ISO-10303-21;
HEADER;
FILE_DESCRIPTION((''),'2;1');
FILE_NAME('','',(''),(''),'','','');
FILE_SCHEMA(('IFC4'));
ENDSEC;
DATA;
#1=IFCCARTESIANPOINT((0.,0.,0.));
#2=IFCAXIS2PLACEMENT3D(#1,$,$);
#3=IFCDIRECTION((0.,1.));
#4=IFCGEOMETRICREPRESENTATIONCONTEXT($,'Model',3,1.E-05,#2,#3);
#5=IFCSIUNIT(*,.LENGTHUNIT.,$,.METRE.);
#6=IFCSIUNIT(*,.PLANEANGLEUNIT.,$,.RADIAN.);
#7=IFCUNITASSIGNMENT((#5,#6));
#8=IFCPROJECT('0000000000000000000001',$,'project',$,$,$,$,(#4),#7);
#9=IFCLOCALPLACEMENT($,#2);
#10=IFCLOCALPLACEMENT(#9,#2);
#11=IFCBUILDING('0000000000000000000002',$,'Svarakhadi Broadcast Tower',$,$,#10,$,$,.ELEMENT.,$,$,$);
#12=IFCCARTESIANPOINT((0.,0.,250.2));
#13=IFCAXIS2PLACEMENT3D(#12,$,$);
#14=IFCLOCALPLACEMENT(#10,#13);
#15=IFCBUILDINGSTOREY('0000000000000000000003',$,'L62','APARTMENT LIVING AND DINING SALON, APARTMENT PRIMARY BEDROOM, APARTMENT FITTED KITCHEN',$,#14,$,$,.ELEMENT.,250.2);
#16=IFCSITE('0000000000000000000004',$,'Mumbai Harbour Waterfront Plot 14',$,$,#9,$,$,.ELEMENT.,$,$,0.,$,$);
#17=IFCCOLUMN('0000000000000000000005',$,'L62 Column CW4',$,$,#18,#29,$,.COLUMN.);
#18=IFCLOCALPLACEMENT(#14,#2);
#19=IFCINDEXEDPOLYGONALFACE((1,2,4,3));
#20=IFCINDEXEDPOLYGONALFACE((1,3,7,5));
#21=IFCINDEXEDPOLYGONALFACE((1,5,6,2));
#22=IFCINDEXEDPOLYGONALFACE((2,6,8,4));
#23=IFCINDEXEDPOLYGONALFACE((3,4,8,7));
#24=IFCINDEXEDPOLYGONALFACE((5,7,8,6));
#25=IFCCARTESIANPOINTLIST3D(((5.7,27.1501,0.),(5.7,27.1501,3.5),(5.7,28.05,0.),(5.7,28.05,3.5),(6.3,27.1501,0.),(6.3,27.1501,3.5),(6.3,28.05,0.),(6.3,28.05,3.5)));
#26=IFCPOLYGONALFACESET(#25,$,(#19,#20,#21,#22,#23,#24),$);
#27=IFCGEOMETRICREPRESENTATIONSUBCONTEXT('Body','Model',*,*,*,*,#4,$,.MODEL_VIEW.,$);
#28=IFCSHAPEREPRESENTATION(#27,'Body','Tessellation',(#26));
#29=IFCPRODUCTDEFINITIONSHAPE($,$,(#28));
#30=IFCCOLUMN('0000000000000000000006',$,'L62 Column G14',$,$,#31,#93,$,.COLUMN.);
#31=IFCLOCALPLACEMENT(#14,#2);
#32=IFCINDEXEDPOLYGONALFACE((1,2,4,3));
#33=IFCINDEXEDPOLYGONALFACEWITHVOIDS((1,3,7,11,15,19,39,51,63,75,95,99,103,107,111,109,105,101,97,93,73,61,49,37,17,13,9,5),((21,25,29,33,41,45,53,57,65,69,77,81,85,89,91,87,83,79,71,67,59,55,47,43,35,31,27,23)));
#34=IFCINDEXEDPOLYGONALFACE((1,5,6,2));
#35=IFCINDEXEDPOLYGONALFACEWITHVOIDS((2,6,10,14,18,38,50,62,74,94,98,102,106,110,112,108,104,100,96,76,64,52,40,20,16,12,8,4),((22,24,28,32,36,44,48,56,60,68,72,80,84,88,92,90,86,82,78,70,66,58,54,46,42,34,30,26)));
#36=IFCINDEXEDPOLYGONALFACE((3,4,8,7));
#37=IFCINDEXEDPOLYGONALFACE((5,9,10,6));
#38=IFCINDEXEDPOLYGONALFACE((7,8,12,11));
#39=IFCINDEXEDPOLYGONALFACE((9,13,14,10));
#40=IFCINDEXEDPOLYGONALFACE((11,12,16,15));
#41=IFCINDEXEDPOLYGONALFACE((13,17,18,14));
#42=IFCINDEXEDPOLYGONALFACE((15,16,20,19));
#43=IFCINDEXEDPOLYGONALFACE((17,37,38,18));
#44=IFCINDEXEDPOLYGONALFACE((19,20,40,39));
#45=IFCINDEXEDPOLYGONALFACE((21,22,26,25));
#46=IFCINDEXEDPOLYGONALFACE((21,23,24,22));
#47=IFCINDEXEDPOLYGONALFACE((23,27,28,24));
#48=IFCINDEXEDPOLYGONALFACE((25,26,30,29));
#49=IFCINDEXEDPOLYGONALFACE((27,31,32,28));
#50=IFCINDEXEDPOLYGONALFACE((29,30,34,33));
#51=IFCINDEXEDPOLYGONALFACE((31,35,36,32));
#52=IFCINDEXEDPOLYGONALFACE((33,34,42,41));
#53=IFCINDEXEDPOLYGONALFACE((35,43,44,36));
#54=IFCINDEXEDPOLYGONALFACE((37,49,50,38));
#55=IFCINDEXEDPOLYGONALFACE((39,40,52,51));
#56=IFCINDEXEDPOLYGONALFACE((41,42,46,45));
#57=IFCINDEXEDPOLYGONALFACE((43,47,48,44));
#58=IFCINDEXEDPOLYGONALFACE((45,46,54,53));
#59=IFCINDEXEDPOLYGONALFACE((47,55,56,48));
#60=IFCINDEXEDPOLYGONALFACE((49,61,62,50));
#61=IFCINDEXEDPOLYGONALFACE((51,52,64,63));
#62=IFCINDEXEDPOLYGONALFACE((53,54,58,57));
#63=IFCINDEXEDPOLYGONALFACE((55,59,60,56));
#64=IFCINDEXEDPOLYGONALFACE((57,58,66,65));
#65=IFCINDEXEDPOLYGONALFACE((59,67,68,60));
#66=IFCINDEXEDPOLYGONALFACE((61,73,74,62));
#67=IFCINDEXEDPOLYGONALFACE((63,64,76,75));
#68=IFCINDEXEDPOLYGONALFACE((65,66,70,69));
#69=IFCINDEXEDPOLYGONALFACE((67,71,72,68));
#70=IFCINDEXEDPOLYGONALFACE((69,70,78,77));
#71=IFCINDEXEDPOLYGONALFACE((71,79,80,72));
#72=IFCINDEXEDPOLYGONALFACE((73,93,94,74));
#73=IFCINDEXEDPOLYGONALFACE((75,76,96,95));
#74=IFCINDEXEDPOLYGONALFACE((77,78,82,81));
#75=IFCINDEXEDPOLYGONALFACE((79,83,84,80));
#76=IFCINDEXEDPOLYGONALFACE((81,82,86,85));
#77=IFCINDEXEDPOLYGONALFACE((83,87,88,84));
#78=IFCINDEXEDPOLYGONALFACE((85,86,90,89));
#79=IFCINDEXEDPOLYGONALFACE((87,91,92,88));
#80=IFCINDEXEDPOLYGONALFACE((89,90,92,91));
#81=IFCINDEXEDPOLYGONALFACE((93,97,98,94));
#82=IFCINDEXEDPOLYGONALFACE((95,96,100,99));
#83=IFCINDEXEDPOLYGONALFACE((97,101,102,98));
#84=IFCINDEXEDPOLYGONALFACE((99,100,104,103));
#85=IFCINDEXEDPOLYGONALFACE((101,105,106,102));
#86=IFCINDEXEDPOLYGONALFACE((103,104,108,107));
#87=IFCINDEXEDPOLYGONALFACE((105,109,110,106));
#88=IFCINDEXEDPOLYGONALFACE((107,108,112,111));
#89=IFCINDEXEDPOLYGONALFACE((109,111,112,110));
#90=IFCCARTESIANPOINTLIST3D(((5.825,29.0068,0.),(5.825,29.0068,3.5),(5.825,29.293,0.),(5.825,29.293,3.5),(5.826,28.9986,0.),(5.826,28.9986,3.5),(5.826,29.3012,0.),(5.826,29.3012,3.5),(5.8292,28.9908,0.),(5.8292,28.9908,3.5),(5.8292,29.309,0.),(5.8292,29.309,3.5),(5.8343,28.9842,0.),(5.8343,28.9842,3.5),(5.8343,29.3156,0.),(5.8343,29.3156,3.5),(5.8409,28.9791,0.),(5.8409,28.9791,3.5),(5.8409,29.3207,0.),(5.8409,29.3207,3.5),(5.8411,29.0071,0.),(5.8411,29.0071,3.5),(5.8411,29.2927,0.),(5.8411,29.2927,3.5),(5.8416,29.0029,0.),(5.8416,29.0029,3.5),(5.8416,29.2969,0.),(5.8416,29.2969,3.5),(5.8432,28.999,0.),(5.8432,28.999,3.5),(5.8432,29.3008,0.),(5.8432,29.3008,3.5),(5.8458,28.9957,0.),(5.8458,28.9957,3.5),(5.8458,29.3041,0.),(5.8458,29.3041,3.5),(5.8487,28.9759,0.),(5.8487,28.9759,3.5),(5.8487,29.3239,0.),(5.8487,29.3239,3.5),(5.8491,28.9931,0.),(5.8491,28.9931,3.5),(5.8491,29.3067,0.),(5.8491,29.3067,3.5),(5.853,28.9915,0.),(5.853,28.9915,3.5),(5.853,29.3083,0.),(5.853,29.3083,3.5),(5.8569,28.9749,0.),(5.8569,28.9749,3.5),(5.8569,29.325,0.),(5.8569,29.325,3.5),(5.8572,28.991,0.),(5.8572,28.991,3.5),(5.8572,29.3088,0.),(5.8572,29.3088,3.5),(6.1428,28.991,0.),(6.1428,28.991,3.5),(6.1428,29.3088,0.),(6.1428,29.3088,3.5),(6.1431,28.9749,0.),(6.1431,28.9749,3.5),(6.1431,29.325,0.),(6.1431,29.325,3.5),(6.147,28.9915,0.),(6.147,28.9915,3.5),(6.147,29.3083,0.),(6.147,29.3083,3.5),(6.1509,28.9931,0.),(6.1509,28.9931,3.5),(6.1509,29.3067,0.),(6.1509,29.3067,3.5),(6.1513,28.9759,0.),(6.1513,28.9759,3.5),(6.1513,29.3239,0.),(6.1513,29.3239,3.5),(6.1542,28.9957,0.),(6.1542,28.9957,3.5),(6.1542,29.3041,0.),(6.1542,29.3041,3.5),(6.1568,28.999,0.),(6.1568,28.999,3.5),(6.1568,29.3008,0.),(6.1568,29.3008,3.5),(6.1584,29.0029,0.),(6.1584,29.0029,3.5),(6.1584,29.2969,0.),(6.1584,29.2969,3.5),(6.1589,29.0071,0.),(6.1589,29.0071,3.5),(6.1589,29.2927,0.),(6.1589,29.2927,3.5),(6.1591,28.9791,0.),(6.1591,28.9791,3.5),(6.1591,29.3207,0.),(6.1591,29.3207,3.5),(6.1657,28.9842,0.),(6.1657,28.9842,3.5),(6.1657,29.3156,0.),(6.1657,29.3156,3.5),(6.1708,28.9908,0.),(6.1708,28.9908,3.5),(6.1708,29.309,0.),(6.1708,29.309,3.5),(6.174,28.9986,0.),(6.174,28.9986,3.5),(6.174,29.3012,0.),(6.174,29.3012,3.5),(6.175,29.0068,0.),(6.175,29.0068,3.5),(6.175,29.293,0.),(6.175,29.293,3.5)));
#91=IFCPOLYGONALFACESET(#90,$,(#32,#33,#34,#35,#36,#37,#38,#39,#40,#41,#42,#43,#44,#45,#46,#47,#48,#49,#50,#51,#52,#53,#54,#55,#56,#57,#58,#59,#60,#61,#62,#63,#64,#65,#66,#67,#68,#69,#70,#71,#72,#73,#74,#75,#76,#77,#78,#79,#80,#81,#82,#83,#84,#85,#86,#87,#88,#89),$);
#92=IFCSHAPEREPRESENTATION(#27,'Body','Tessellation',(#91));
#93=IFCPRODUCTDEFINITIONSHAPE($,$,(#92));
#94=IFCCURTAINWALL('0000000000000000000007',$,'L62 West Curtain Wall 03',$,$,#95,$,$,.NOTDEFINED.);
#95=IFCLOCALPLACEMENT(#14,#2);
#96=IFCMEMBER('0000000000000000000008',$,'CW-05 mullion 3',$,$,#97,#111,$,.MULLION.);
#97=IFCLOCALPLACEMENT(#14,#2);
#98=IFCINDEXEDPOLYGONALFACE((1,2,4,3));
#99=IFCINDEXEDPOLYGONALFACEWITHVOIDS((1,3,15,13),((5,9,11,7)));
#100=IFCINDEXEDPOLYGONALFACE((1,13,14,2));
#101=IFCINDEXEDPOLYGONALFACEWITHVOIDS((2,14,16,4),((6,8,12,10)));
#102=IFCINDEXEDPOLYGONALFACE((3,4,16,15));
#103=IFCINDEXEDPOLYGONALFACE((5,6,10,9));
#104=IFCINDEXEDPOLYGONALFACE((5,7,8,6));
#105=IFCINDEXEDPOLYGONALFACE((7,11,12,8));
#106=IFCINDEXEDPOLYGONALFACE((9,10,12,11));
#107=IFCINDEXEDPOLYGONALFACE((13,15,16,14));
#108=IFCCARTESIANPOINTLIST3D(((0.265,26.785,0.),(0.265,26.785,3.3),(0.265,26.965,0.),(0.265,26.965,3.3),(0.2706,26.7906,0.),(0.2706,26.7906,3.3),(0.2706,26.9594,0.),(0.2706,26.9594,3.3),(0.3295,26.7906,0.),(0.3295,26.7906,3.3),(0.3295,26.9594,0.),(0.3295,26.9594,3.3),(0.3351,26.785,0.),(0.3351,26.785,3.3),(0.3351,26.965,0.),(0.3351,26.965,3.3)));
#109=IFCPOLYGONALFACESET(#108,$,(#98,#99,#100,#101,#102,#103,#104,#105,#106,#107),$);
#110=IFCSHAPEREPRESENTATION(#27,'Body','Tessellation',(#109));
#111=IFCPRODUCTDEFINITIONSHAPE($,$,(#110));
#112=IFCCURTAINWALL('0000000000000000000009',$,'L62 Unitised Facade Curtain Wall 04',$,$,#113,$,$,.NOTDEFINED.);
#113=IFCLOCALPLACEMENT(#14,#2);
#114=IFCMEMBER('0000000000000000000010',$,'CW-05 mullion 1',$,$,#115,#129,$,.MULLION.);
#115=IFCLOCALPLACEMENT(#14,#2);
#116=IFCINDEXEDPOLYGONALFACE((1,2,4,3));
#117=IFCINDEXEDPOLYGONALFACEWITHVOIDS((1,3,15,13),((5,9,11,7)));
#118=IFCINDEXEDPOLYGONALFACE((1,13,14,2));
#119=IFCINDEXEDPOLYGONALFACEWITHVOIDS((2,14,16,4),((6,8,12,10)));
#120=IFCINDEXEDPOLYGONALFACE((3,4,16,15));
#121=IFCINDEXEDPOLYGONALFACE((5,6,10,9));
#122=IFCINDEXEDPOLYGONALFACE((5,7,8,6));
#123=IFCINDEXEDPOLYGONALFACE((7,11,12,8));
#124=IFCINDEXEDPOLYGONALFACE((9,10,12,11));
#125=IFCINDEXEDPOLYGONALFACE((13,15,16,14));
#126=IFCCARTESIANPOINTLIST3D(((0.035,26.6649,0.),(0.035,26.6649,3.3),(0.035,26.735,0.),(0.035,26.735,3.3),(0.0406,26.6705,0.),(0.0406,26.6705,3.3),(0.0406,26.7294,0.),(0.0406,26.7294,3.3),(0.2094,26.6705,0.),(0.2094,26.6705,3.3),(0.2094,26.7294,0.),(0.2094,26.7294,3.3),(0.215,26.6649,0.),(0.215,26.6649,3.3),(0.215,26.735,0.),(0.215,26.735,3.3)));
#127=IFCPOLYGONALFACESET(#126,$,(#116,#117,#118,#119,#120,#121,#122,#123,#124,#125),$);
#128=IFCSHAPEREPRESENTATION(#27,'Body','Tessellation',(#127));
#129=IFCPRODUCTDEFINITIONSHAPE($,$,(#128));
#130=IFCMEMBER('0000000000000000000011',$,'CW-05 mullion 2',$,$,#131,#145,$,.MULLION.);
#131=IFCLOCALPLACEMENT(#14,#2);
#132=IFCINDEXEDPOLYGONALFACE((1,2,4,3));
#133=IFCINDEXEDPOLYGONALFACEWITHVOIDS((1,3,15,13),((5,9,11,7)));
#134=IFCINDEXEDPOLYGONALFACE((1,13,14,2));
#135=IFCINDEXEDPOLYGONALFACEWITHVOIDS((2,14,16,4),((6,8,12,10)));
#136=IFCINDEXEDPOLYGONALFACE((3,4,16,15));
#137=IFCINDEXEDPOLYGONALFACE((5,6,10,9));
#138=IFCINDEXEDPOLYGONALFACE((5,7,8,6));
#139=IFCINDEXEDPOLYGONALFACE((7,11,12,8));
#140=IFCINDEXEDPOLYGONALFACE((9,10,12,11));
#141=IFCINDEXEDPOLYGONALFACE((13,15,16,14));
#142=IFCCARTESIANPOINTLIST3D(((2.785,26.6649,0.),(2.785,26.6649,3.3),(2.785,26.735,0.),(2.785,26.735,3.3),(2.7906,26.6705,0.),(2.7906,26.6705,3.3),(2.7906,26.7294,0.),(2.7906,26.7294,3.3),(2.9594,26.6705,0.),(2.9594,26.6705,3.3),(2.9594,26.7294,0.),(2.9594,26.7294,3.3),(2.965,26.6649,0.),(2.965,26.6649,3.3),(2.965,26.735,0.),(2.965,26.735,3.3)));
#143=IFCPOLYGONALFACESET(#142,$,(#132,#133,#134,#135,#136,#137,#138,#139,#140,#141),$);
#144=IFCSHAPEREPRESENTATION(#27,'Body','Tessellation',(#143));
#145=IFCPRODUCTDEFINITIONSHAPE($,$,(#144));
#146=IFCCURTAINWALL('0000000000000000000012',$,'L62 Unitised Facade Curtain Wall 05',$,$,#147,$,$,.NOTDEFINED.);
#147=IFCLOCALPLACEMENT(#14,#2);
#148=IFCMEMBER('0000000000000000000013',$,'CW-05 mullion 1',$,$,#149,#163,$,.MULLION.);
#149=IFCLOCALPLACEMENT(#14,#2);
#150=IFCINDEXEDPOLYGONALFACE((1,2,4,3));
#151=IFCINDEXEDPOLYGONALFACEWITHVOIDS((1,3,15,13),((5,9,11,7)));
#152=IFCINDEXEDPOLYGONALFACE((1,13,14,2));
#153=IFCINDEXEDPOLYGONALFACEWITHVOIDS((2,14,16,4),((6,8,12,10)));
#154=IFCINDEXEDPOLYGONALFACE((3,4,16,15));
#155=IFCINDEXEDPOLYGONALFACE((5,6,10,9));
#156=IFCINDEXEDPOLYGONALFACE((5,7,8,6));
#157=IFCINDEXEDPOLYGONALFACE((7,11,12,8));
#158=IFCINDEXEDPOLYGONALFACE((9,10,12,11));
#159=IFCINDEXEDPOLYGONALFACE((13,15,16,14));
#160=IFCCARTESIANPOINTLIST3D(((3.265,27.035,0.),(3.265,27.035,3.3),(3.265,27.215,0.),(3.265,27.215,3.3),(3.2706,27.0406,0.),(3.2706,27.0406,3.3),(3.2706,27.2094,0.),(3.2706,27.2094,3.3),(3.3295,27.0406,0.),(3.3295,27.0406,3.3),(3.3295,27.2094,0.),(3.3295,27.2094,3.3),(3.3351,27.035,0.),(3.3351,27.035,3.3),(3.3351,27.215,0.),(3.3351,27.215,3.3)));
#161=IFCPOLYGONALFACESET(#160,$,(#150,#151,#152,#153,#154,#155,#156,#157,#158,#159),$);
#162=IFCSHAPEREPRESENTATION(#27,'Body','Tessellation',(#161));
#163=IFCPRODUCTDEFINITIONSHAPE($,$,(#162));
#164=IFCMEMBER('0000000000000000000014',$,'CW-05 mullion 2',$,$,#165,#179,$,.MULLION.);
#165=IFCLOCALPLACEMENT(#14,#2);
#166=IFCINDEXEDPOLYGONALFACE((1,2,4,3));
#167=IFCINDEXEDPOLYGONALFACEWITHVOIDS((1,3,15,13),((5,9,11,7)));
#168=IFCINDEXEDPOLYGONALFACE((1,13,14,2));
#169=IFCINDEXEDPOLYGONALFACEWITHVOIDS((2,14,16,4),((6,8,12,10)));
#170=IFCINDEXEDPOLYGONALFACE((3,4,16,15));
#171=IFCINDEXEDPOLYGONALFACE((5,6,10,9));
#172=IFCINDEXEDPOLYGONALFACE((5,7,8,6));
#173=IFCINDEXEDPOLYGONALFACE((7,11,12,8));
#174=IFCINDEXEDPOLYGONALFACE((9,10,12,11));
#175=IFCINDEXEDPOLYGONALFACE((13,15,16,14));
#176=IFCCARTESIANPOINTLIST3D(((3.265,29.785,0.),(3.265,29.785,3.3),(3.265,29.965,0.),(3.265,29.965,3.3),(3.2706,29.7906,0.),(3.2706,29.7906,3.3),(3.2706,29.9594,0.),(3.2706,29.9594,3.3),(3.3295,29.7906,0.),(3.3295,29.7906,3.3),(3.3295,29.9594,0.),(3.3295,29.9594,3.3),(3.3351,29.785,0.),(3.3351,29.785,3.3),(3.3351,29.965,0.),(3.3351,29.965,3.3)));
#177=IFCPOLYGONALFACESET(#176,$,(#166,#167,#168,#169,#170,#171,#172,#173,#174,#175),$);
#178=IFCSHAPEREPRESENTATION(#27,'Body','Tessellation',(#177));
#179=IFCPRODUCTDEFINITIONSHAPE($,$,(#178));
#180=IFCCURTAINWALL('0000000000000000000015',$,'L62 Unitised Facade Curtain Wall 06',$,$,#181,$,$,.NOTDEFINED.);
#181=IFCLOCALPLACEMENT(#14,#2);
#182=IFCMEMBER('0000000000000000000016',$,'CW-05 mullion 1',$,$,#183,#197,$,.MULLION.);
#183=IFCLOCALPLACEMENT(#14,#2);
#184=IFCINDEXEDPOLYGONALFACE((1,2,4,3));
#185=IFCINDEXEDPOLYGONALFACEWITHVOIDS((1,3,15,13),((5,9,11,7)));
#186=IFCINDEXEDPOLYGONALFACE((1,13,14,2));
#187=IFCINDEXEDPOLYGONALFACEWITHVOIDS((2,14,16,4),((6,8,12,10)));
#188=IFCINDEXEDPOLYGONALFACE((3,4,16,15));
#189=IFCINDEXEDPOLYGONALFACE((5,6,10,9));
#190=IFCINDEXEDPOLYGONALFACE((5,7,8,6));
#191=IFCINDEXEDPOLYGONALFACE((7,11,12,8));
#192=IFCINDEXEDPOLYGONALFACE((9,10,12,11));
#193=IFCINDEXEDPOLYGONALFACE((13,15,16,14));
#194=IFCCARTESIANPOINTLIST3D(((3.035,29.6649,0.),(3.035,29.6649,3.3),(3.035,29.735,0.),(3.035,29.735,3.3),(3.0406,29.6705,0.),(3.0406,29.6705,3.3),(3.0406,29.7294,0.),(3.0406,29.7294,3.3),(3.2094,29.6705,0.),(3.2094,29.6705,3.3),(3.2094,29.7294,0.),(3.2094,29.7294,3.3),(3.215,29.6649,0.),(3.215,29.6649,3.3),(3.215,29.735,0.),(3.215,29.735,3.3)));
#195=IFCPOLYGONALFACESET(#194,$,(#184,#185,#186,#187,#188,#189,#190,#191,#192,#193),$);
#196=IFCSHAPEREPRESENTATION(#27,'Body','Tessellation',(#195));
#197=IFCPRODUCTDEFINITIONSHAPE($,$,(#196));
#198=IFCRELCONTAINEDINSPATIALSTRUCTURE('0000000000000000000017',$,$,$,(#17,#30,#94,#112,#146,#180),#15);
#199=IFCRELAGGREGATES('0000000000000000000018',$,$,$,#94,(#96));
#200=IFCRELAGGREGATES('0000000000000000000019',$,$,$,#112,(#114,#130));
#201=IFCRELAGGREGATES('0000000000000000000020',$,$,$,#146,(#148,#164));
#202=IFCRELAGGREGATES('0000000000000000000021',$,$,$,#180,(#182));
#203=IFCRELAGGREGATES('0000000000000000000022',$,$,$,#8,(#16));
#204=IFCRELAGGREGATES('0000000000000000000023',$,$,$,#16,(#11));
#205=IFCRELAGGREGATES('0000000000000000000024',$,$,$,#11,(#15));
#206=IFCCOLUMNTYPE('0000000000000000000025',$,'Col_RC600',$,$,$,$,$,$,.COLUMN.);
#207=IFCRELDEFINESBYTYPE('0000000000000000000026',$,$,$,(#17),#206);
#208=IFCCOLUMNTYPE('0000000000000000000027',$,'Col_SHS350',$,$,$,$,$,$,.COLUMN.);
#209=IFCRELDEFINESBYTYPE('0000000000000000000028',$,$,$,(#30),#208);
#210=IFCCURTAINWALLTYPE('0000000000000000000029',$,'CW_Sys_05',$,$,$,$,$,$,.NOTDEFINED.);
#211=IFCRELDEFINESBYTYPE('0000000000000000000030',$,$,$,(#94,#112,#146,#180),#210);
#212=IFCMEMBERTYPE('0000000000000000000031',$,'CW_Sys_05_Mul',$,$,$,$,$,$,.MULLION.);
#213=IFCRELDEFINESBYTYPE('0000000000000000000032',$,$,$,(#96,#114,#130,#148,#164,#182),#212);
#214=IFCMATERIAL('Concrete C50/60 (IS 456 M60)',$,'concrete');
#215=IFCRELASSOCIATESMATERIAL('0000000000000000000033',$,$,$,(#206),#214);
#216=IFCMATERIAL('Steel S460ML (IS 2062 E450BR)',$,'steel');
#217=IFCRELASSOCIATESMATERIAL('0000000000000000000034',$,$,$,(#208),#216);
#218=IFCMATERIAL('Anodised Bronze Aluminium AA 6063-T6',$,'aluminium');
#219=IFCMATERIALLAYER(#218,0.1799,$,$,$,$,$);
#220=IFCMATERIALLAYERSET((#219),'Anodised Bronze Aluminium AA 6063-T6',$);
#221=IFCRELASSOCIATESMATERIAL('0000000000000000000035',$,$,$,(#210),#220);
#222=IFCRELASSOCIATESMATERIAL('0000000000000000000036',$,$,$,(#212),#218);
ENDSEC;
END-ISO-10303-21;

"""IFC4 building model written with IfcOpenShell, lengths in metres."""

from ifc_helpers import new_model, si_unit, direction, frame, origin, origin_2d, place, context, subcontext, project, spatial, rectangle, hollow_rectangle, extrude, material, layer, layer_set, material_profile, profile_set, type_object, element, aggregate, save


model = new_model("IFC4")

# Units and contexts
model_context = context("Model", 3, precision=1e-05, world=origin(), true_north=direction((0.0, 1.0)))
body_context = subcontext(model_context, "Body", "Model", "MODEL_VIEW")
ifc_project = project(units=[si_unit("LENGTHUNIT", "METRE"), si_unit("PLANEANGLEUNIT", "RADIAN")], contexts=[model_context])

# Site, building, storey
site_placement = place(None, origin())
site = spatial("IfcSite", under=ifc_project, at=site_placement, Name="Mumbai Harbour Waterfront Plot 14", CompositionType="ELEMENT", RefElevation=0.0)
building_placement = place(site_placement, origin())
building = spatial("IfcBuilding", under=site, at=building_placement, Name="Svarakhadi Broadcast Tower", CompositionType="ELEMENT")
storey_placement = place(building_placement, frame((0.0, 0.0, 250.2)))
storey = spatial("IfcBuildingStorey", under=building, at=storey_placement, Name="L62", Description="APARTMENT LIVING AND DINING SALON, APARTMENT PRIMARY BEDROOM, APARTMENT FITTED KITCHEN", CompositionType="ELEMENT", Elevation=250.2)

# Columns
ifc_material_1 = material(Name="Concrete C50/60 (IS 456 M60)", Category="concrete")
ifc_material_profile_1 = material_profile(ifc_material_1, rectangle(XDim=0.6001, YDim=0.8999, at=origin_2d()), Name="RC 600x900")
ifc_profile_set_1 = profile_set([ifc_material_profile_1], Name="Concrete C50/60 (IS 456 M60)")
column_type_1 = type_object("IfcColumnType", Name="Col_RC600", PredefinedType="COLUMN", material=ifc_profile_set_1)
column_1_placement = place(storey_placement, frame((6.0, 27.6001, 0.0), z_axis=(0.0, 0.0, 1.0), x_axis=(1.0, 0.0, 0.0)))
element("IfcColumn", 1, at=column_1_placement, inside=storey, type_object=column_type_1, Name="L62 Column CW4", PredefinedType="COLUMN", context=body_context, shape_type="SweptSolid", body=[
    extrude(rectangle(XDim=0.6001, YDim=0.8999, at=origin_2d()), origin(), (0.0, 0.0, 1.0), 3.5),
])
ifc_material_2 = material(Name="Steel S460ML (IS 2062 E450BR)", Category="steel")
ifc_material_profile_2 = material_profile(ifc_material_2, hollow_rectangle(XDim=0.3501, YDim=0.3501, WallThickness=0.0161, InnerFilletRadius=0.0161, OuterFilletRadius=0.032, at=origin_2d()), Name="SHS 350x350x16")
ifc_profile_set_2 = profile_set([ifc_material_profile_2], Name="Steel S460ML (IS 2062 E450BR)")
column_type_2 = type_object("IfcColumnType", Name="Col_SHS350", PredefinedType="COLUMN", material=ifc_profile_set_2)
column_2_placement = place(storey_placement, frame((6.0, 29.1499, 0.0), z_axis=(0.0, 0.0, 1.0), x_axis=(1.0, 0.0, 0.0)))
element("IfcColumn", 2, at=column_2_placement, inside=storey, type_object=column_type_2, Name="L62 Column G14", PredefinedType="COLUMN", context=body_context, shape_type="SweptSolid", body=[
    extrude(hollow_rectangle(XDim=0.3501, YDim=0.3501, WallThickness=0.0161, InnerFilletRadius=0.0161, OuterFilletRadius=0.032, at=origin_2d()), origin(), (0.0, 0.0, 1.0), 3.5),
])

# Curtain wall, member
ifc_material_3 = material(Name="Anodised Bronze Aluminium AA 6063-T6", Category="aluminium")
ifc_layer_1 = layer(ifc_material_3, 0.1799)
ifc_layer_set_1 = layer_set([ifc_layer_1], Name="Anodised Bronze Aluminium AA 6063-T6")
curtain_wall_type = type_object("IfcCurtainWallType", Name="CW_Sys_05", PredefinedType="NOTDEFINED", material=ifc_layer_set_1)
curtain_wall_1_placement = place(storey_placement, origin())
curtain_wall_1 = element("IfcCurtainWall", 3, at=curtain_wall_1_placement, inside=storey, type_object=curtain_wall_type, Name="L62 West Curtain Wall 03", PredefinedType="NOTDEFINED")
ifc_material_profile_3 = material_profile(ifc_material_3, hollow_rectangle(XDim=0.0701, YDim=0.1799, WallThickness=0.0056, at=origin_2d()), Name="ALU MULLION 180x70x6")
ifc_profile_set_3 = profile_set([ifc_material_profile_3], Name="Anodised Bronze Aluminium AA 6063-T6")
member_type_1 = type_object("IfcMemberType", Name="CW_Sys_05_Mul", PredefinedType="MULLION", material=ifc_profile_set_3)
member_1_placement = place(storey_placement, frame((0.3, 26.875, 0.0), z_axis=(0.0, 0.0, 1.0), x_axis=(-1.0, 0.0, 0.0)))
member_1 = element("IfcMember", 4, at=member_1_placement, type_object=member_type_1, Name="CW-05 mullion 3", PredefinedType="MULLION", context=body_context, shape_type="SweptSolid", body=[
    extrude(hollow_rectangle(XDim=0.0701, YDim=0.1799, WallThickness=0.0056, at=origin_2d()), origin(), (0.0, 0.0, 1.0), 3.3),
])

# Curtain walls, members
curtain_wall_2_placement = place(storey_placement, origin())
curtain_wall_2 = element("IfcCurtainWall", 5, at=curtain_wall_2_placement, inside=storey, type_object=curtain_wall_type, Name="L62 Unitised Facade Curtain Wall 04", PredefinedType="NOTDEFINED")
member_2_placement = place(storey_placement, frame((0.125, 26.7, 0.0), z_axis=(0.0, 0.0, 1.0), x_axis=(0.0, 1.0, 0.0)))
member_2 = element("IfcMember", 6, at=member_2_placement, type_object=member_type_1, Name="CW-05 mullion 1", PredefinedType="MULLION", context=body_context, shape_type="SweptSolid", body=[
    extrude(hollow_rectangle(XDim=0.0701, YDim=0.1799, WallThickness=0.0056, at=origin_2d()), origin(), (0.0, 0.0, 1.0), 3.3),
])
member_3_placement = place(storey_placement, frame((2.875, 26.7, 0.0), z_axis=(0.0, 0.0, 1.0), x_axis=(0.0, 1.0, 0.0)))
member_3 = element("IfcMember", 7, at=member_3_placement, type_object=member_type_1, Name="CW-05 mullion 2", PredefinedType="MULLION", context=body_context, shape_type="SweptSolid", body=[
    extrude(hollow_rectangle(XDim=0.0701, YDim=0.1799, WallThickness=0.0056, at=origin_2d()), origin(), (0.0, 0.0, 1.0), 3.3),
])
curtain_wall_3_placement = place(storey_placement, origin())
curtain_wall_3 = element("IfcCurtainWall", 8, at=curtain_wall_3_placement, inside=storey, type_object=curtain_wall_type, Name="L62 Unitised Facade Curtain Wall 05", PredefinedType="NOTDEFINED")
member_4_placement = place(storey_placement, frame((3.3, 27.125, 0.0), z_axis=(0.0, 0.0, 1.0), x_axis=(-1.0, 0.0, 0.0)))
member_4 = element("IfcMember", 9, at=member_4_placement, type_object=member_type_1, Name="CW-05 mullion 1", PredefinedType="MULLION", context=body_context, shape_type="SweptSolid", body=[
    extrude(hollow_rectangle(XDim=0.0701, YDim=0.1799, WallThickness=0.0056, at=origin_2d()), origin(), (0.0, 0.0, 1.0), 3.3),
])
member_5_placement = place(storey_placement, frame((3.3, 29.875, 0.0), z_axis=(0.0, 0.0, 1.0), x_axis=(-1.0, 0.0, 0.0)))
member_5 = element("IfcMember", 10, at=member_5_placement, type_object=member_type_1, Name="CW-05 mullion 2", PredefinedType="MULLION", context=body_context, shape_type="SweptSolid", body=[
    extrude(hollow_rectangle(XDim=0.0701, YDim=0.1799, WallThickness=0.0056, at=origin_2d()), origin(), (0.0, 0.0, 1.0), 3.3),
])

# Curtain wall, member
curtain_wall_4_placement = place(storey_placement, origin())
curtain_wall_4 = element("IfcCurtainWall", 11, at=curtain_wall_4_placement, inside=storey, type_object=curtain_wall_type, Name="L62 Unitised Facade Curtain Wall 06", PredefinedType="NOTDEFINED")
member_6_placement = place(storey_placement, frame((3.125, 29.7, 0.0), z_axis=(0.0, 0.0, 1.0), x_axis=(0.0, 1.0, 0.0)))
member_6 = element("IfcMember", 12, at=member_6_placement, type_object=member_type_1, Name="CW-05 mullion 1", PredefinedType="MULLION", context=body_context, shape_type="SweptSolid", body=[
    extrude(hollow_rectangle(XDim=0.0701, YDim=0.1799, WallThickness=0.0056, at=origin_2d()), origin(), (0.0, 0.0, 1.0), 3.3),
])

aggregate(curtain_wall_1, [member_1])
aggregate(curtain_wall_2, [member_2, member_3])
aggregate(curtain_wall_3, [member_4, member_5])
aggregate(curtain_wall_4, [member_6])

save(model, "model.ifc")
